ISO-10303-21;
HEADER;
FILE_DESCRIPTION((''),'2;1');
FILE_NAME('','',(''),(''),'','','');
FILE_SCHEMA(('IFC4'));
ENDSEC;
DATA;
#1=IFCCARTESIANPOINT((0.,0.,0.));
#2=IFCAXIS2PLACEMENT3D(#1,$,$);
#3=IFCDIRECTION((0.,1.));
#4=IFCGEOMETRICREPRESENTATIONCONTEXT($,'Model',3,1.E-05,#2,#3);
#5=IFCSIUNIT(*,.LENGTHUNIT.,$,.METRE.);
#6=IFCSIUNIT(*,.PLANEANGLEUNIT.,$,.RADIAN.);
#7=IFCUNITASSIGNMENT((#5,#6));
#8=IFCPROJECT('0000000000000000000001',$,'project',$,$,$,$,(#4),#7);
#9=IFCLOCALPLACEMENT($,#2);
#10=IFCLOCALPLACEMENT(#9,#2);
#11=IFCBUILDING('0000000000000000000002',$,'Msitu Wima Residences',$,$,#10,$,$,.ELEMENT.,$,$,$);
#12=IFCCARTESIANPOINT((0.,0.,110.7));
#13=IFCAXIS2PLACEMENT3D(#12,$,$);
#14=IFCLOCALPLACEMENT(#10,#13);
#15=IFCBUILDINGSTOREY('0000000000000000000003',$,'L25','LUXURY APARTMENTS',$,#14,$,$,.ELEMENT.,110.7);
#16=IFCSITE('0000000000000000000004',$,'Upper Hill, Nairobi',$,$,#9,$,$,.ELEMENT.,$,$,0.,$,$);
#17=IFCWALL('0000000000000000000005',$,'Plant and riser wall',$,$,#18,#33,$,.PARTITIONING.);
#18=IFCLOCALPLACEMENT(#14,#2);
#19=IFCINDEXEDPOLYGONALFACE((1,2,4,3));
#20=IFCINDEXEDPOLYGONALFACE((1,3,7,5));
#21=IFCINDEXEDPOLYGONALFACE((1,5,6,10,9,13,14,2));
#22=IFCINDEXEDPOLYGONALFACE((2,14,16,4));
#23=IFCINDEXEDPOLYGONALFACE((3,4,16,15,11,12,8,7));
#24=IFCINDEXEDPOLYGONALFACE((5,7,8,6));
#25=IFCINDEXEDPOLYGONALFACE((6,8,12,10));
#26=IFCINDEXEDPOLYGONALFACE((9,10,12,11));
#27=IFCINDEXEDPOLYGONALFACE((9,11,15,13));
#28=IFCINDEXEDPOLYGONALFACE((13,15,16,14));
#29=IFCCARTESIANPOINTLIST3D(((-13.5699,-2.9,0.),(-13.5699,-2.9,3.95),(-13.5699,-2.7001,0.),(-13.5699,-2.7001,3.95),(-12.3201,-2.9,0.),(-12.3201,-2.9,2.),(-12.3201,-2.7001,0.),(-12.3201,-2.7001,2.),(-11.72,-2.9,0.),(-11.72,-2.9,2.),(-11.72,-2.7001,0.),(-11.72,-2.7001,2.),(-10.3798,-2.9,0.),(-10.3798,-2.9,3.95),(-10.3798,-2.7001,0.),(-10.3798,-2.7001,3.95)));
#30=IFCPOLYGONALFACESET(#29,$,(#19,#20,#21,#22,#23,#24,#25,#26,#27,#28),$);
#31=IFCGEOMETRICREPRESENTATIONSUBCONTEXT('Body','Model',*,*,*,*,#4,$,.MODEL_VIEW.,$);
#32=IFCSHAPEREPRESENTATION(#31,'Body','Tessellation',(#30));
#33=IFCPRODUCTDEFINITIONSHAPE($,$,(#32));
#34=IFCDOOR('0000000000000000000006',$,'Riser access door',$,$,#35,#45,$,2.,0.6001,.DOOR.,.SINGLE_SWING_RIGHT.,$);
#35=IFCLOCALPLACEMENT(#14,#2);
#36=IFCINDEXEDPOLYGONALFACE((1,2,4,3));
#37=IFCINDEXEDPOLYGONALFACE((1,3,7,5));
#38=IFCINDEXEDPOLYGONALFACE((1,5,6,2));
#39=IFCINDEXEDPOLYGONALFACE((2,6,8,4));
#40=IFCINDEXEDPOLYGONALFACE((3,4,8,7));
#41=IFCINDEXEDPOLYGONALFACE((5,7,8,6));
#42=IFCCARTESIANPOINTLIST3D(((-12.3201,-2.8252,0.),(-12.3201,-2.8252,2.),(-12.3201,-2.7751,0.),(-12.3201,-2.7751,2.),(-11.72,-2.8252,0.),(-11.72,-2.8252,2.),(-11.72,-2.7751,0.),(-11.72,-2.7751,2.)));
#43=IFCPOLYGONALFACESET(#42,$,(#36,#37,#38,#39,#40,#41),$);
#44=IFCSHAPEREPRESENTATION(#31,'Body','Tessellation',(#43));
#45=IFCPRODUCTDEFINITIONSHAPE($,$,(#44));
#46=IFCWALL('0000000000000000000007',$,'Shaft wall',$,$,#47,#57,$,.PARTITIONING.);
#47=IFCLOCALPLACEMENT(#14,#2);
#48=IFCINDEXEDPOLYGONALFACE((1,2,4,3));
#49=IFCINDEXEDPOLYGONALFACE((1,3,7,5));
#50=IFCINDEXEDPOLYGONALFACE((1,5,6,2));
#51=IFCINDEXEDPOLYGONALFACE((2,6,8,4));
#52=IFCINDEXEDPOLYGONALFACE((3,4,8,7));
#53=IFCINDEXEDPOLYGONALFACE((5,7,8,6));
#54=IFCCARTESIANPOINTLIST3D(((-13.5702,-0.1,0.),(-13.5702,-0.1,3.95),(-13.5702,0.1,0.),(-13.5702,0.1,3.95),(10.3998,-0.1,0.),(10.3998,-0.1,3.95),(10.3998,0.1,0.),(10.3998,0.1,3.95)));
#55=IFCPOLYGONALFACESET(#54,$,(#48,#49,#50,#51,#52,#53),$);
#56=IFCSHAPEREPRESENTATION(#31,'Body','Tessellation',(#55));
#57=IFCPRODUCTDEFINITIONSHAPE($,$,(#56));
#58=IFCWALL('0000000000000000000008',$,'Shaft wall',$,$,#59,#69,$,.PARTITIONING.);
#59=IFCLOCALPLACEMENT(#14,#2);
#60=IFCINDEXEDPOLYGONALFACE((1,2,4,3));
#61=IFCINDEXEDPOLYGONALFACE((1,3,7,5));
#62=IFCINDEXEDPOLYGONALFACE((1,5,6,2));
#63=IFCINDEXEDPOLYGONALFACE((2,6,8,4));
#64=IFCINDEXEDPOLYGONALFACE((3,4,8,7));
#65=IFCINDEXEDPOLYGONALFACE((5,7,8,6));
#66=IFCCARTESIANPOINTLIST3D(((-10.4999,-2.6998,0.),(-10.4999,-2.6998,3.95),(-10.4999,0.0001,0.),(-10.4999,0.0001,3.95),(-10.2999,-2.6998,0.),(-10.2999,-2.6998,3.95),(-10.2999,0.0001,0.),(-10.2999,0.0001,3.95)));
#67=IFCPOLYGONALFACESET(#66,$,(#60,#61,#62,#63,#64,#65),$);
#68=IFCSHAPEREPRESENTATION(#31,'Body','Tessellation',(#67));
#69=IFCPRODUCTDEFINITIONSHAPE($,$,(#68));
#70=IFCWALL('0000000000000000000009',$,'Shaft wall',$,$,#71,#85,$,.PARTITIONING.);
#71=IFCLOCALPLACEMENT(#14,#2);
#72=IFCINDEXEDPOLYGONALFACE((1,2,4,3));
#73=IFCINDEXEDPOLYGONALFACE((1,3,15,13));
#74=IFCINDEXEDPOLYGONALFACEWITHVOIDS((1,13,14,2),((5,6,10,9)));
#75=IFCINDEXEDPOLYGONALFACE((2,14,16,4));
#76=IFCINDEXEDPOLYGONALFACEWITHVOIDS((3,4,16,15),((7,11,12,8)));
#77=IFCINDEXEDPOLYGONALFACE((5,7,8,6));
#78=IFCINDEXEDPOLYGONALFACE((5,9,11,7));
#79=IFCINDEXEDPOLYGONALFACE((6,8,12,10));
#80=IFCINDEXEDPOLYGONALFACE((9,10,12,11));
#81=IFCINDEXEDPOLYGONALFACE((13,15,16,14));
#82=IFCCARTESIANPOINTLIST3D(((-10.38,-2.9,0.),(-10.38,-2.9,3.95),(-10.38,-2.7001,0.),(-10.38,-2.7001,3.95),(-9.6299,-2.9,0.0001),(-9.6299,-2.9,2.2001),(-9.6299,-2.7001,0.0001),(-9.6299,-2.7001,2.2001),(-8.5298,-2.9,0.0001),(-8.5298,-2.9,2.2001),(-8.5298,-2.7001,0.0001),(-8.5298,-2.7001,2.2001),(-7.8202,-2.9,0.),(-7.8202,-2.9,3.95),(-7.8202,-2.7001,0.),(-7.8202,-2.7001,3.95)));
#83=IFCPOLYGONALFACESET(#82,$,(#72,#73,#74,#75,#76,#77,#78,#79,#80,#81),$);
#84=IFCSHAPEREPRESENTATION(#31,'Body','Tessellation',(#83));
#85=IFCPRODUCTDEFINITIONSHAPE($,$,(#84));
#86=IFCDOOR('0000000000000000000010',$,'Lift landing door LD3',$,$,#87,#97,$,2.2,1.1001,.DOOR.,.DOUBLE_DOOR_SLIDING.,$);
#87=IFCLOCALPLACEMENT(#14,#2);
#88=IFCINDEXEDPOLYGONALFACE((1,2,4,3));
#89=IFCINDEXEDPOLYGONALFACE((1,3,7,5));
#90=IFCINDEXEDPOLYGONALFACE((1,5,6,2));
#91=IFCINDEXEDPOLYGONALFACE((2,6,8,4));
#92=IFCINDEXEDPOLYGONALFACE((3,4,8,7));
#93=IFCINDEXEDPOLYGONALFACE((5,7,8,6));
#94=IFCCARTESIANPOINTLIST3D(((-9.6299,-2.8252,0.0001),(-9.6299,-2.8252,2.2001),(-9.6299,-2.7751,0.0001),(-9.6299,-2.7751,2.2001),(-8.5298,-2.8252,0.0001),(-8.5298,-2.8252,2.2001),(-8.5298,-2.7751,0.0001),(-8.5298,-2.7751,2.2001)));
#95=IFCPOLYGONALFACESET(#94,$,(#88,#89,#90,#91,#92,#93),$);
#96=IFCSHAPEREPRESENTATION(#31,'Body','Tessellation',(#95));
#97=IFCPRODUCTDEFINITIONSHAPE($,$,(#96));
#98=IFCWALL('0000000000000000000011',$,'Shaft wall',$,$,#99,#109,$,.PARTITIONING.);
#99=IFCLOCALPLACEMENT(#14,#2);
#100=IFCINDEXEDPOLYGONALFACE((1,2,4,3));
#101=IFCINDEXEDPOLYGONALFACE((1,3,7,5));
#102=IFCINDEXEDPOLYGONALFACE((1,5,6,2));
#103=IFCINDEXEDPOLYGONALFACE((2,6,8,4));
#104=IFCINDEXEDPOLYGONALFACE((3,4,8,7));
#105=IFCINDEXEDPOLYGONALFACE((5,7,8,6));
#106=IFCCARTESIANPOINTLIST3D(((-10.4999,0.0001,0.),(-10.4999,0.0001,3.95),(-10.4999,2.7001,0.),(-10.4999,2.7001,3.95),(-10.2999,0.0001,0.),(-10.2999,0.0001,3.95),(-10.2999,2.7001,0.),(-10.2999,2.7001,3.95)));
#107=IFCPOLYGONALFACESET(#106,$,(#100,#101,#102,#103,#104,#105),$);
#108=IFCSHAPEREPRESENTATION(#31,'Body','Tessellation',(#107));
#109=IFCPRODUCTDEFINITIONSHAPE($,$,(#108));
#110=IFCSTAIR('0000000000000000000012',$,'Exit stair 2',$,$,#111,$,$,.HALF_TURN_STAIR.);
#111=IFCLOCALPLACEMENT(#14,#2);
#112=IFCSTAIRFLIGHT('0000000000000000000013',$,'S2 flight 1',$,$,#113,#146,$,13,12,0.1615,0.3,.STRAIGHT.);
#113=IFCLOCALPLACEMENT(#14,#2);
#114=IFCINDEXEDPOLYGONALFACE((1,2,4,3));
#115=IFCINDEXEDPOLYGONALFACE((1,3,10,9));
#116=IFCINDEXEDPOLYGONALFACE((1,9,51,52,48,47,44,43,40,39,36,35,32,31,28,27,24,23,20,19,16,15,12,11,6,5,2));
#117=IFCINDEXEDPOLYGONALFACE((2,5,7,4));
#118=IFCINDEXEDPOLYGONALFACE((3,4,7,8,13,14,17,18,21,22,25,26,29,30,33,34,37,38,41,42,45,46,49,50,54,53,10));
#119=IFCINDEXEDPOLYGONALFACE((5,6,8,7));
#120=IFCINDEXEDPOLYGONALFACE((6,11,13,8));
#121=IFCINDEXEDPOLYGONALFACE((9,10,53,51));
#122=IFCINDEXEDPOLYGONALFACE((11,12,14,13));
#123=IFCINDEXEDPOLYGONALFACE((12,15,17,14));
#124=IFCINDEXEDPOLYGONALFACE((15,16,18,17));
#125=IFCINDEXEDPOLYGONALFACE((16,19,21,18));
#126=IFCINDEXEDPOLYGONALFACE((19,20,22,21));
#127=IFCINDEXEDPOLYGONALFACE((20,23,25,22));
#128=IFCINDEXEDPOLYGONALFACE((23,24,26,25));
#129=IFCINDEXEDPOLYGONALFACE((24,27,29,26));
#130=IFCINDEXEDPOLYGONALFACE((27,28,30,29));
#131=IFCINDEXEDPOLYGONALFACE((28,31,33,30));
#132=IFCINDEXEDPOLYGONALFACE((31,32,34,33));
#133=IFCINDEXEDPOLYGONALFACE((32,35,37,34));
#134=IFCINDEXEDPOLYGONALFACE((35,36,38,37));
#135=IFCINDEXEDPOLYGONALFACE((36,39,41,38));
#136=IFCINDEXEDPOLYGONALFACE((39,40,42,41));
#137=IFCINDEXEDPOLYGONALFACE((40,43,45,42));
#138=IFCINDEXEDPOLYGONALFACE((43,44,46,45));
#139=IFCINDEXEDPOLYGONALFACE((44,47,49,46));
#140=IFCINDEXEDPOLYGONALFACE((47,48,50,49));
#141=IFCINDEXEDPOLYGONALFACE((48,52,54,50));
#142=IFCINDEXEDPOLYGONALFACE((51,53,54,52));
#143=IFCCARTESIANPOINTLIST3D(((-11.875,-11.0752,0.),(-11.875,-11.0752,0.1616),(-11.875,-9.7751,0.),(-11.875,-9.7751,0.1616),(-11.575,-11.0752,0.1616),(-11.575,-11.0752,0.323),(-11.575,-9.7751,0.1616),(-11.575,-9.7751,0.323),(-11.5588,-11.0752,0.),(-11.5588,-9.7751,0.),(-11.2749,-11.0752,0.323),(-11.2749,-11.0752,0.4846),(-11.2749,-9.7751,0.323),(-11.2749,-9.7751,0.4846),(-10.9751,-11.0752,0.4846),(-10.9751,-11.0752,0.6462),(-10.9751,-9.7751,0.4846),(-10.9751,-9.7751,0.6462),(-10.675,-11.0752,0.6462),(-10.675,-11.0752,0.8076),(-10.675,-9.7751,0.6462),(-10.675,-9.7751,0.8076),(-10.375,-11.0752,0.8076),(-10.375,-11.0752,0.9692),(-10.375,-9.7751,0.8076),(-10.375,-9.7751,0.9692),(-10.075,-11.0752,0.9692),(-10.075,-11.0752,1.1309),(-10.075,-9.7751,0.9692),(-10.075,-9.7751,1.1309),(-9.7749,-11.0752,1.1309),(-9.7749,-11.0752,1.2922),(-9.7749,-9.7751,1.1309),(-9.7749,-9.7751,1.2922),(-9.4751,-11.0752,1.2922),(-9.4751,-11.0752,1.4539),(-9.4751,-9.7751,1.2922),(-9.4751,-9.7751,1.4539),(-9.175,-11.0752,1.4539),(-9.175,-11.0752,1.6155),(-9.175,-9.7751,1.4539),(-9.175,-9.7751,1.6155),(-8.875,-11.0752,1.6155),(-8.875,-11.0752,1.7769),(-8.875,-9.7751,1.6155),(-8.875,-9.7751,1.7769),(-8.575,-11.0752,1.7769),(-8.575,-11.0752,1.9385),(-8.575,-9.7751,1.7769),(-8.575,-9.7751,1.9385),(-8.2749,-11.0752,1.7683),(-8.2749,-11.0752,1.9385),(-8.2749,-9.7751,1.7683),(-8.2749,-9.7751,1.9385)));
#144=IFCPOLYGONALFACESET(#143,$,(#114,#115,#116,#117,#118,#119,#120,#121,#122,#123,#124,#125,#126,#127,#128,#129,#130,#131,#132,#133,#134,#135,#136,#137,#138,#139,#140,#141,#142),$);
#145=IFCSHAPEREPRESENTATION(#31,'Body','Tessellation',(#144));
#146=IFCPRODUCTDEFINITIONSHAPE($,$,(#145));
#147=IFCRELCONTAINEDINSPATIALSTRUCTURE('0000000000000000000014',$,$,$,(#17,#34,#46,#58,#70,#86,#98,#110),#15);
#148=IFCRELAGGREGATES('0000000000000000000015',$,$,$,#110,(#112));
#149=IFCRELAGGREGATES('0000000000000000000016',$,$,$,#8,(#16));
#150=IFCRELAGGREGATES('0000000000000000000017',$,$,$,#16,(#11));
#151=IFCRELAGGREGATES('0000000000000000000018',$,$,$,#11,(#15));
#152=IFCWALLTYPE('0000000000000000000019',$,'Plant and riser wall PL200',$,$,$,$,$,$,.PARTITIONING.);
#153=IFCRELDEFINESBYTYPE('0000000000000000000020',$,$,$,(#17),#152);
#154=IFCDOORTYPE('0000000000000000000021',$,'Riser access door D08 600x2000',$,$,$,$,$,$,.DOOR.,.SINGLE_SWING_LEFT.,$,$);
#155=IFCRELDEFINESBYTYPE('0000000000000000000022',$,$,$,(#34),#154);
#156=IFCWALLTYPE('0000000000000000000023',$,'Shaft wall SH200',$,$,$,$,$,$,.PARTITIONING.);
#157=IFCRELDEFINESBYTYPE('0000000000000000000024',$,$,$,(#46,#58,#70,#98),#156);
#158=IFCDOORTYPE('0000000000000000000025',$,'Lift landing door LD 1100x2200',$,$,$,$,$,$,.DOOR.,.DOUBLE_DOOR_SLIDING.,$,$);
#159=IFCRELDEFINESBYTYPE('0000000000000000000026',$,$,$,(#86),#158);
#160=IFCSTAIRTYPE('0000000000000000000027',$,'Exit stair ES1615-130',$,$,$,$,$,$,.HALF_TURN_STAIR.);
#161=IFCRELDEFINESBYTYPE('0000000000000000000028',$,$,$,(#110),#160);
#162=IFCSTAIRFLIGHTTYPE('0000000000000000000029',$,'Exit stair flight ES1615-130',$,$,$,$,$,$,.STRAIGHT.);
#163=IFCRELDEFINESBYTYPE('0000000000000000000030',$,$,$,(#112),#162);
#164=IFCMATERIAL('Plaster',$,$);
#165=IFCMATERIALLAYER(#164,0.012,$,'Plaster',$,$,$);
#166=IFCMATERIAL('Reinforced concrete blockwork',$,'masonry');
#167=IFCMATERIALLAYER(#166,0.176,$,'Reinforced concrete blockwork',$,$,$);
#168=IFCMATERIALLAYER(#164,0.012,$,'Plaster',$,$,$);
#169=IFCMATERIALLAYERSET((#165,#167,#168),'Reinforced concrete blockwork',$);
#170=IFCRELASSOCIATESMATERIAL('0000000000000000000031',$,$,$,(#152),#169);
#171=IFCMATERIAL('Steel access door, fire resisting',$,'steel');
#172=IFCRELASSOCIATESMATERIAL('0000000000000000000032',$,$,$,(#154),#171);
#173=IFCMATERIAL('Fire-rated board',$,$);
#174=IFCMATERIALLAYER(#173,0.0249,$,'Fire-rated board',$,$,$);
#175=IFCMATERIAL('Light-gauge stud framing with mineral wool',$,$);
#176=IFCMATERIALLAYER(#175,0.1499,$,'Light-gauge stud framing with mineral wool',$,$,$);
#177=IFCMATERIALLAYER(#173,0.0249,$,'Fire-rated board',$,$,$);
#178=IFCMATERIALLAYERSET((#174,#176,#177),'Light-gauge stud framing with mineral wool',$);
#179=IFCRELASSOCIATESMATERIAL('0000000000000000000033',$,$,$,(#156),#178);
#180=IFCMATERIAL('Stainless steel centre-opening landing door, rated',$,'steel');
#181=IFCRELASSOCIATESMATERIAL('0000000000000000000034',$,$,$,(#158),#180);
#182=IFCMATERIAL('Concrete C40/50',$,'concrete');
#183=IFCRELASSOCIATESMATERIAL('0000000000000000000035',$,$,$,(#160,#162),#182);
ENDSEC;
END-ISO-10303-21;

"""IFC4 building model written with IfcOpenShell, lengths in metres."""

from ifc_helpers import new_model, si_unit, direction, frame, frame_2d, origin, place, context, subcontext, project, spatial, polyline, rectangle, outline, extrude, material, layer, layer_set, type_object, element, fill, aggregate, save


model = new_model("IFC4")

# Units and contexts
model_context = context("Model", 3, precision=1e-05, world=origin(), true_north=direction((0.0, 1.0)))
body_context = subcontext(model_context, "Body", "Model", "MODEL_VIEW")
ifc_project = project(units=[si_unit("LENGTHUNIT", "METRE"), si_unit("PLANEANGLEUNIT", "RADIAN")], contexts=[model_context])

# Site, building, storey
site_placement = place(None, origin())
site = spatial("IfcSite", under=ifc_project, at=site_placement, Name="Upper Hill, Nairobi", CompositionType="ELEMENT", RefElevation=0.0)
building_placement = place(site_placement, origin())
building = spatial("IfcBuilding", under=site, at=building_placement, Name="Msitu Wima Residences", CompositionType="ELEMENT")
storey_placement = place(building_placement, frame((0.0, 0.0, 110.7)))
storey = spatial("IfcBuildingStorey", under=building, at=storey_placement, Name="L25", Description="LUXURY APARTMENTS", CompositionType="ELEMENT", Elevation=110.7)

# Wall, opening, door
ifc_material_1 = material(Name="Plaster")
ifc_layer_1 = layer(ifc_material_1, 0.012, Name="Plaster")
ifc_material_2 = material(Name="Reinforced concrete blockwork", Category="masonry")
ifc_layer_2 = layer(ifc_material_2, 0.176, Name="Reinforced concrete blockwork")
ifc_layer_3 = layer(ifc_material_1, 0.012, Name="Plaster")
ifc_layer_set_1 = layer_set([ifc_layer_1, ifc_layer_2, ifc_layer_3], Name="Reinforced concrete blockwork")
wall_type_1 = type_object("IfcWallType", Name="Plant and riser wall PL200", PredefinedType="PARTITIONING", material=ifc_layer_set_1)
wall_1_placement = place(storey_placement, frame((-13.5701, -2.8, 0.0), z_axis=(0.0, 0.0, 1.0), x_axis=(1.0, 0.0, 0.0)))
wall_1 = element("IfcWall", 1, at=wall_1_placement, inside=storey, type_object=wall_type_1, Name="Plant and riser wall", PredefinedType="PARTITIONING", context=body_context, shape_type="SweptSolid", body=[
    extrude(rectangle(XDim=3.1902, YDim=0.2, at=frame_2d((1.5952, 0.0))), origin(), (0.0, 0.0, 1.0), 3.95),
])
opening_1_placement = place(wall_1_placement, frame((1.25, 0.0, 0.0)))
opening_1 = element("IfcOpeningElement", 2, at=opening_1_placement, cuts=wall_1, PredefinedType="OPENING", context=body_context, shape_type="SweptSolid", body=[
    extrude(rectangle(XDim=0.6001, YDim=2.0, at=frame_2d((0.3, 1.0))), frame((0.0, 0.1099, 0.0), z_axis=(0.0, -1.0, 0.0), x_axis=(1.0, 0.0, 0.0)), (0.0, 0.0, 1.0), 0.22),
])
ifc_material_3 = material(Name="Steel access door, fire resisting", Category="steel")
door_type_1 = type_object("IfcDoorType", Name="Riser access door D08 600x2000", OperationType="SINGLE_SWING_LEFT", PredefinedType="DOOR", material=ifc_material_3)
door_1_placement = place(opening_1_placement, origin())
door_1 = element("IfcDoor", 3, at=door_1_placement, inside=storey, type_object=door_type_1, Name="Riser access door", OperationType="SINGLE_SWING_RIGHT", OverallHeight=2.0, OverallWidth=0.6001, PredefinedType="DOOR", context=body_context, shape_type="SweptSolid", body=[
    extrude(rectangle(XDim=0.6001, YDim=2.0, at=frame_2d((0.3, 1.0))), frame((0.0, 0.0249, 0.0), z_axis=(0.0, -1.0, 0.0), x_axis=(1.0, 0.0, 0.0)), (0.0, 0.0, 1.0), 0.05),
])
fill(opening_1, door_1)

# Walls
ifc_material_4 = material(Name="Fire-rated board")
ifc_layer_4 = layer(ifc_material_4, 0.0249, Name="Fire-rated board")
ifc_material_5 = material(Name="Light-gauge stud framing with mineral wool")
ifc_layer_5 = layer(ifc_material_5, 0.1499, Name="Light-gauge stud framing with mineral wool")
ifc_layer_6 = layer(ifc_material_4, 0.0249, Name="Fire-rated board")
ifc_layer_set_2 = layer_set([ifc_layer_4, ifc_layer_5, ifc_layer_6], Name="Light-gauge stud framing with mineral wool")
wall_type_2 = type_object("IfcWallType", Name="Shaft wall SH200", PredefinedType="PARTITIONING", material=ifc_layer_set_2)
wall_2_placement = place(storey_placement, frame((-13.5701, 0.0, 0.0), z_axis=(0.0, 0.0, 1.0), x_axis=(1.0, 0.0, 0.0)))
element("IfcWall", 4, at=wall_2_placement, inside=storey, type_object=wall_type_2, Name="Shaft wall", PredefinedType="PARTITIONING", context=body_context, shape_type="SweptSolid", body=[
    extrude(rectangle(XDim=23.97, YDim=0.2, at=frame_2d((11.9849, 0.0))), origin(), (0.0, 0.0, 1.0), 3.95),
])
wall_3_placement = place(storey_placement, frame((-10.3999, -2.7, 0.0), z_axis=(0.0, 0.0, 1.0), x_axis=(0.0, 1.0, 0.0)))
element("IfcWall", 5, at=wall_3_placement, inside=storey, type_object=wall_type_2, Name="Shaft wall", PredefinedType="PARTITIONING", context=body_context, shape_type="SweptSolid", body=[
    extrude(rectangle(XDim=2.7, YDim=0.2, at=frame_2d((1.3501, 0.0))), origin(), (0.0, 0.0, 1.0), 3.95),
])

# Wall, opening, door
wall_4_placement = place(storey_placement, frame((-10.3799, -2.8, 0.0), z_axis=(0.0, 0.0, 1.0), x_axis=(1.0, 0.0, 0.0)))
wall_4 = element("IfcWall", 6, at=wall_4_placement, inside=storey, type_object=wall_type_2, Name="Shaft wall", PredefinedType="PARTITIONING", context=body_context, shape_type="SweptSolid", body=[
    extrude(rectangle(XDim=2.5598, YDim=0.2, at=frame_2d((1.2798, 0.0))), origin(), (0.0, 0.0, 1.0), 3.95),
])
opening_2_placement = place(wall_4_placement, frame((0.75, 0.0, 0.0)))
opening_2 = element("IfcOpeningElement", 7, at=opening_2_placement, cuts=wall_4, PredefinedType="OPENING", context=body_context, shape_type="SweptSolid", body=[
    extrude(rectangle(XDim=1.1001, YDim=2.2, at=frame_2d((0.55, 1.1001))), frame((0.0, 0.1099, 0.0), z_axis=(0.0, -1.0, 0.0), x_axis=(1.0, 0.0, 0.0)), (0.0, 0.0, 1.0), 0.22),
])
ifc_material_6 = material(Name="Stainless steel centre-opening landing door, rated", Category="steel")
door_type_2 = type_object("IfcDoorType", Name="Lift landing door LD 1100x2200", OperationType="DOUBLE_DOOR_SLIDING", PredefinedType="DOOR", material=ifc_material_6)
door_2_placement = place(opening_2_placement, origin())
door_2 = element("IfcDoor", 8, at=door_2_placement, inside=storey, type_object=door_type_2, Name="Lift landing door LD3", OperationType="DOUBLE_DOOR_SLIDING", OverallHeight=2.2, OverallWidth=1.1001, PredefinedType="DOOR", context=body_context, shape_type="SweptSolid", body=[
    extrude(rectangle(XDim=1.1001, YDim=2.2, at=frame_2d((0.55, 1.1001))), frame((0.0, 0.0249, 0.0), z_axis=(0.0, -1.0, 0.0), x_axis=(1.0, 0.0, 0.0)), (0.0, 0.0, 1.0), 0.05),
])
fill(opening_2, door_2)

# Wall
wall_5_placement = place(storey_placement, frame((-10.3999, 0.0, 0.0), z_axis=(0.0, 0.0, 1.0), x_axis=(0.0, 1.0, 0.0)))
element("IfcWall", 9, at=wall_5_placement, inside=storey, type_object=wall_type_2, Name="Shaft wall", PredefinedType="PARTITIONING", context=body_context, shape_type="SweptSolid", body=[
    extrude(rectangle(XDim=2.7, YDim=0.2, at=frame_2d((1.3501, 0.0))), origin(), (0.0, 0.0, 1.0), 3.95),
])

# Stair, stair flight
ifc_material_7 = material(Name="Concrete C40/50", Category="concrete")
stair_type = type_object("IfcStairType", Name="Exit stair ES1615-130", PredefinedType="HALF_TURN_STAIR", material=ifc_material_7)
stair_placement = place(storey_placement, origin())
stair = element("IfcStair", 10, at=stair_placement, inside=storey, type_object=stair_type, Name="Exit stair 2", PredefinedType="HALF_TURN_STAIR")
stair_flight_type = type_object("IfcStairFlightType", Name="Exit stair flight ES1615-130", PredefinedType="STRAIGHT", material=ifc_material_7)
stair_flight_1_placement = place(storey_placement, frame((-11.875, -10.425, 0.0), z_axis=(0.0, 0.0, 1.0), x_axis=(1.0, 0.0, 0.0)))
stair_flight_1 = element("IfcStairFlight", 11, at=stair_flight_1_placement, type_object=stair_flight_type, Name="S2 flight 1", NumberOfRisers=13, NumberOfTreads=12, PredefinedType="STRAIGHT", RiserHeight=0.1615, TreadLength=0.3, context=body_context, shape_type="SweptSolid", body=[
    extrude(outline(polyline([(0.0, 0.0), (0.0, 0.1616), (0.3, 0.1616), (0.3, 0.323), (0.6001, 0.323), (0.6001, 0.4846), (0.8999, 0.4846), (0.8999, 0.6462), (1.2, 0.6462), (1.2, 0.8076), (1.5, 0.8076), (1.5, 0.9692), (1.8, 0.9692), (1.8, 1.1309), (2.1001, 1.1309), (2.1001, 1.2922), (2.3999, 1.2922), (2.3999, 1.4539), (2.7, 1.4539), (2.7, 1.6155), (3.0, 1.6155), (3.0, 1.7769), (3.3, 1.7769), (3.3, 1.9385), (3.6001, 1.9385), (3.6001, 2.1001), (3.6001, 1.7683), (0.3162, 0.0), (0.0, 0.0)])), frame((0.0, 0.6499, 0.0), z_axis=(0.0, -1.0, 0.0), x_axis=(1.0, 0.0, 0.0)), (0.0, 0.0, 1.0), 1.3),
])
aggregate(stair, [stair_flight_1])

save(model, "model.ifc")
